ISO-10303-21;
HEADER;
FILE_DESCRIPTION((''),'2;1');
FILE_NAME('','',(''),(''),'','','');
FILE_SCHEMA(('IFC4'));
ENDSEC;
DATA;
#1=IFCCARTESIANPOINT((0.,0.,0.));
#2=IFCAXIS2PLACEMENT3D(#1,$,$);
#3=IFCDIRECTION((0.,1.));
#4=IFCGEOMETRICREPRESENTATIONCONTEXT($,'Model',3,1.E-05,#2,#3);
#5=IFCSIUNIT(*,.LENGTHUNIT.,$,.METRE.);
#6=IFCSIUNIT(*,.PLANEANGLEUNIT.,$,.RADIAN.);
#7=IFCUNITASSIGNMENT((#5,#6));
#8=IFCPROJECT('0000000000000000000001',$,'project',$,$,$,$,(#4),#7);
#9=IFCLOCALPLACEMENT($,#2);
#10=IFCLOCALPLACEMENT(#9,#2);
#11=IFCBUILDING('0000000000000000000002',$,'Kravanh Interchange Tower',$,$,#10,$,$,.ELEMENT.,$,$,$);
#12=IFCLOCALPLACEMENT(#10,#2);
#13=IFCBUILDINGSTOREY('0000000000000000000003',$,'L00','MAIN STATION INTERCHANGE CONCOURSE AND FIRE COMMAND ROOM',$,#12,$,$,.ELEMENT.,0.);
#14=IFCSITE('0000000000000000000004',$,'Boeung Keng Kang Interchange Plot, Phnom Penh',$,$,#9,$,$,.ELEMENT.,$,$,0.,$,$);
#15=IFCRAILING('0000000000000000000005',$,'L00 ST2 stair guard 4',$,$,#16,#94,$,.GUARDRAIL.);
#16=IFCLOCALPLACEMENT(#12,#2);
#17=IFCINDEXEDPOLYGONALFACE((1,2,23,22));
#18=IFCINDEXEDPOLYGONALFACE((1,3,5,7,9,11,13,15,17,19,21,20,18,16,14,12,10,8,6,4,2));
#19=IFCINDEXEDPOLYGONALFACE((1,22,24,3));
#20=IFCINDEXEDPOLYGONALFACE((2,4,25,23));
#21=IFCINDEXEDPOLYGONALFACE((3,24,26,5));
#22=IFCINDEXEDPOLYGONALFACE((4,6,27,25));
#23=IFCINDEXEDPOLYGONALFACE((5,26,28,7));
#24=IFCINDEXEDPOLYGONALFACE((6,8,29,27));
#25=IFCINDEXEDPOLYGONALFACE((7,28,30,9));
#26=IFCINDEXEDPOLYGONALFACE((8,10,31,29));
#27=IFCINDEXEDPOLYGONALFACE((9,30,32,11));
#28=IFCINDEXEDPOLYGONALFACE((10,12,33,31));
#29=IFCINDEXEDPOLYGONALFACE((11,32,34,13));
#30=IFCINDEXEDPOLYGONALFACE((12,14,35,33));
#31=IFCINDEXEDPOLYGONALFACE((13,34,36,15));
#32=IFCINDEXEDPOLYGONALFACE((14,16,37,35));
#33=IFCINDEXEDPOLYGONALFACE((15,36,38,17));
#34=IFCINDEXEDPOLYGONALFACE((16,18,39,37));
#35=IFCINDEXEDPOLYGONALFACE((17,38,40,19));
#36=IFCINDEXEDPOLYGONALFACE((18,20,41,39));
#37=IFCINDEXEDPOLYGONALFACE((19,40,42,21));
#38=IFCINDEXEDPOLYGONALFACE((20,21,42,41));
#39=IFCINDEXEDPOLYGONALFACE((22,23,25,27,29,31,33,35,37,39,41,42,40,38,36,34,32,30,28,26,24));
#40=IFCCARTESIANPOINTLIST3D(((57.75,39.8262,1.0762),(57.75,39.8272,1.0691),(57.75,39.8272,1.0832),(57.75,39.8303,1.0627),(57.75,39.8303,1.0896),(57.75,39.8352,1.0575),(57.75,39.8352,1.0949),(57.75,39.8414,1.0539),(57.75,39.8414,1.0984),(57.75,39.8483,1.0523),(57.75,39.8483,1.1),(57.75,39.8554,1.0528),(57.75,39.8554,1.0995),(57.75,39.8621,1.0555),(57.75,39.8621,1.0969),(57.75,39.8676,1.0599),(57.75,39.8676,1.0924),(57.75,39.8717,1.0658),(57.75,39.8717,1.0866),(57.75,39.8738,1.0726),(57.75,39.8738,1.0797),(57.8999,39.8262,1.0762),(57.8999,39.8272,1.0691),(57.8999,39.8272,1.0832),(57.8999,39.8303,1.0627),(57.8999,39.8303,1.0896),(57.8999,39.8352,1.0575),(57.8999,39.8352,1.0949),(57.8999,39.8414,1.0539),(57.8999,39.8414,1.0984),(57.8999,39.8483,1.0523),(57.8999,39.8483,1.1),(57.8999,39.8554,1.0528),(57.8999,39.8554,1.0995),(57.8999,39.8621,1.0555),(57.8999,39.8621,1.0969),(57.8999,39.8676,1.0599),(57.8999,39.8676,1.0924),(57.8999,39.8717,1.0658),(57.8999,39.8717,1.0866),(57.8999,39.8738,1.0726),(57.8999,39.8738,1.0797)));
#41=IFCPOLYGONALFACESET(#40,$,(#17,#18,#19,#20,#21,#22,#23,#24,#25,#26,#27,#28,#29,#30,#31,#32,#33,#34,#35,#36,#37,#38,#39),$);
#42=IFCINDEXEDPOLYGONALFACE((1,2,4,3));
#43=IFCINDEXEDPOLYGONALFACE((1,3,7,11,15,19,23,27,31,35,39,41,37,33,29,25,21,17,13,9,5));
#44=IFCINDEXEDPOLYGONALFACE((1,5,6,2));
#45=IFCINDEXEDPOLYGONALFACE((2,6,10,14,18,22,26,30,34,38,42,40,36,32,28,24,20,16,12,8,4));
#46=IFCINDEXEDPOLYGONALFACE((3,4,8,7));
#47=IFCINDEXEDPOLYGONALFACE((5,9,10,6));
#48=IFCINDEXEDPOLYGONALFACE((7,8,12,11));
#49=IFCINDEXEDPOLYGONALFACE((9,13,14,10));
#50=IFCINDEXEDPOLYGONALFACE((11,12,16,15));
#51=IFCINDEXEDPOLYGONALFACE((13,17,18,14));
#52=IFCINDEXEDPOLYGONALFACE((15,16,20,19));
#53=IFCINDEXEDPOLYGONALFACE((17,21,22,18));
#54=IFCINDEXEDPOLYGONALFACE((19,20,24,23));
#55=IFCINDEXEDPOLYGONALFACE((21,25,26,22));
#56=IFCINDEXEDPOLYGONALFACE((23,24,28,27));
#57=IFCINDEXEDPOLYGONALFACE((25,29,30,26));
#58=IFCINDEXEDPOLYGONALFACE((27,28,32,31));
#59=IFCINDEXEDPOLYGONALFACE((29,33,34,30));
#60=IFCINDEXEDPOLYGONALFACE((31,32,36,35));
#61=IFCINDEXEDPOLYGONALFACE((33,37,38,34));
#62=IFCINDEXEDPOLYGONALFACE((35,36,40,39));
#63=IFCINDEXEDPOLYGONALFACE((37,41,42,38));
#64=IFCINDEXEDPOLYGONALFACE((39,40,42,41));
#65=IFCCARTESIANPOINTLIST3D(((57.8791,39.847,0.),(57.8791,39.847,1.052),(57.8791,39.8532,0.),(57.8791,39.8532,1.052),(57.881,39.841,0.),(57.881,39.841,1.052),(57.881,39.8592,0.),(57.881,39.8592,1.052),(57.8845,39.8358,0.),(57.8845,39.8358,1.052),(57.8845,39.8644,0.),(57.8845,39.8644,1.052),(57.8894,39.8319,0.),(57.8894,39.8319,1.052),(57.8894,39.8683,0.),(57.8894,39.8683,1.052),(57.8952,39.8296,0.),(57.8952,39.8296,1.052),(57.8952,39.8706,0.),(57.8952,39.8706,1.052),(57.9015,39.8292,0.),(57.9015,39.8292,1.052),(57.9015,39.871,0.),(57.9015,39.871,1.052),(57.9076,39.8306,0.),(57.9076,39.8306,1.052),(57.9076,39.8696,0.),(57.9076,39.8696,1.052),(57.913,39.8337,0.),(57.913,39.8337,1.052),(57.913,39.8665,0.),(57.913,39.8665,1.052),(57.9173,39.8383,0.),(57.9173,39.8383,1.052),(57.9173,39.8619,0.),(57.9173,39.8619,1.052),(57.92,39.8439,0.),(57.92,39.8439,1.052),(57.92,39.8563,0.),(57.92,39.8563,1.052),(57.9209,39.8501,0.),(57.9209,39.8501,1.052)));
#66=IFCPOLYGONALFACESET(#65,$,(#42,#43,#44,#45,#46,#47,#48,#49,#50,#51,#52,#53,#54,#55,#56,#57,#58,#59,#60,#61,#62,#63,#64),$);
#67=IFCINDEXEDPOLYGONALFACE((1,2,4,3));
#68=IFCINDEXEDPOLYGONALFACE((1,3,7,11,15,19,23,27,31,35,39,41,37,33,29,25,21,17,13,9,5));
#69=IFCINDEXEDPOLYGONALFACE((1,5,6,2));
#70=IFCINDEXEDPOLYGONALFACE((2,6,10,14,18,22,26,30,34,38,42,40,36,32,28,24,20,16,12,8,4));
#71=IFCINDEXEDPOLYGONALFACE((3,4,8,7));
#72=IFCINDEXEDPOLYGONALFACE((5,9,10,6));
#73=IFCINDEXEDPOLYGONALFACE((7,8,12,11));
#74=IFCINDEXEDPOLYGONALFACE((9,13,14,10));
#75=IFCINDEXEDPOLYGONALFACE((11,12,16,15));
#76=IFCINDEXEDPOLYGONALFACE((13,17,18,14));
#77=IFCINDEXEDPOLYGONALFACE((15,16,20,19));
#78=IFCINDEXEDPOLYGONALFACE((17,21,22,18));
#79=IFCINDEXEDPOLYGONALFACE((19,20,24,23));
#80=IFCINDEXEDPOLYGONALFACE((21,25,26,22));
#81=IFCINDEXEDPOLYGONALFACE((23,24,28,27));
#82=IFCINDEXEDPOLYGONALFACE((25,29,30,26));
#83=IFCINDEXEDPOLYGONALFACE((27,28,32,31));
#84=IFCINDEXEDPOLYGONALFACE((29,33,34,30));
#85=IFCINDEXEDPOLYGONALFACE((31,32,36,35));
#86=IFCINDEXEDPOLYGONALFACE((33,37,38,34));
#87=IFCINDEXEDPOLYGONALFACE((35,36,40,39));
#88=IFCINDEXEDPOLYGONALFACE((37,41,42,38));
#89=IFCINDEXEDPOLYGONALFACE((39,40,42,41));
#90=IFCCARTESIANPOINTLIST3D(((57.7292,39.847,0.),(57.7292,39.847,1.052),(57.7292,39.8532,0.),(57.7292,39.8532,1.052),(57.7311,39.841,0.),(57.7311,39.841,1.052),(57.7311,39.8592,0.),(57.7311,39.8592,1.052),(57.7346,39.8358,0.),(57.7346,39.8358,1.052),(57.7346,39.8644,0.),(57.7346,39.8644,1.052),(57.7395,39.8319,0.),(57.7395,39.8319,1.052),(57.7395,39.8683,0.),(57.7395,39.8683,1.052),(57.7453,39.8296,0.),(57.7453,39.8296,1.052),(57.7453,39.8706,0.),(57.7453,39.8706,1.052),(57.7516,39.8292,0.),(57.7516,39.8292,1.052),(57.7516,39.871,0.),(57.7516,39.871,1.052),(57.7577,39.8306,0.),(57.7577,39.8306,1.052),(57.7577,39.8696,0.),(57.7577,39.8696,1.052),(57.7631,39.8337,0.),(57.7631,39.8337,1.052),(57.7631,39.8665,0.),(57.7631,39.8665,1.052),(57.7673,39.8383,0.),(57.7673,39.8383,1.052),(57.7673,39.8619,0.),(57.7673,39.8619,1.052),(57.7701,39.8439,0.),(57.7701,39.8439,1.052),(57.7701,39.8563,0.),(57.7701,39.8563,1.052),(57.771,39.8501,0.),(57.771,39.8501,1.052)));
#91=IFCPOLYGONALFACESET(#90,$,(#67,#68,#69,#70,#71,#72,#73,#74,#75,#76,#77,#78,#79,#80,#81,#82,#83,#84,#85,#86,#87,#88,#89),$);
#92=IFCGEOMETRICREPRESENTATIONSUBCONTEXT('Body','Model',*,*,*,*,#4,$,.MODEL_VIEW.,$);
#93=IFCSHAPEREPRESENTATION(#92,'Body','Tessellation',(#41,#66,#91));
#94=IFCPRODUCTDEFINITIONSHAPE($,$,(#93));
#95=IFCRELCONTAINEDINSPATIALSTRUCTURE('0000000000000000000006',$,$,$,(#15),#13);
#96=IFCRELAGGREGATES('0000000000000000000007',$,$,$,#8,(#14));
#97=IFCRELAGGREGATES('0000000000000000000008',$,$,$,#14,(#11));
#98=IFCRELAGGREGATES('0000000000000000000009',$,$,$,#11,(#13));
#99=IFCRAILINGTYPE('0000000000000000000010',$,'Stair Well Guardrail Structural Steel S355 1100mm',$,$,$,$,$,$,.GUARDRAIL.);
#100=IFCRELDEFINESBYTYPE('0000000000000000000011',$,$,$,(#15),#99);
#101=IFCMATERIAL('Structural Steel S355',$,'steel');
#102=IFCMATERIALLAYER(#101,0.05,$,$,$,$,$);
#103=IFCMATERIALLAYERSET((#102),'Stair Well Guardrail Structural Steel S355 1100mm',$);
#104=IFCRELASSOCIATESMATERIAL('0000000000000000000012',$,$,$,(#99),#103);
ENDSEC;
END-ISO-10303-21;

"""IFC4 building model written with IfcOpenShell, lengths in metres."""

from ifc_helpers import new_model, si_unit, direction, frame, origin, origin_2d, place, context, subcontext, project, spatial, circle, extrude, material, layer, layer_set, type_object, element, save


model = new_model("IFC4")

# Units and contexts
model_context = context("Model", 3, precision=1e-05, world=origin(), true_north=direction((0.0, 1.0)))
body_context = subcontext(model_context, "Body", "Model", "MODEL_VIEW")
ifc_project = project(units=[si_unit("LENGTHUNIT", "METRE"), si_unit("PLANEANGLEUNIT", "RADIAN")], contexts=[model_context])

# Site, building, storey
site_placement = place(None, origin())
site = spatial("IfcSite", under=ifc_project, at=site_placement, Name="Boeung Keng Kang Interchange Plot, Phnom Penh", CompositionType="ELEMENT", RefElevation=0.0)
building_placement = place(site_placement, origin())
building = spatial("IfcBuilding", under=site, at=building_placement, Name="Kravanh Interchange Tower", CompositionType="ELEMENT")
storey_placement = place(building_placement, origin())
storey = spatial("IfcBuildingStorey", under=building, at=storey_placement, Name="L00", Description="MAIN STATION INTERCHANGE CONCOURSE AND FIRE COMMAND ROOM", CompositionType="ELEMENT", Elevation=0.0)

# Railing
ifc_material_1 = material(Name="Structural Steel S355", Category="steel")
ifc_layer_1 = layer(ifc_material_1, 0.05)
ifc_layer_set_1 = layer_set([ifc_layer_1], Name="Stair Well Guardrail Structural Steel S355 1100mm")
railing_type_1 = type_object("IfcRailingType", Name="Stair Well Guardrail Structural Steel S355 1100mm", PredefinedType="GUARDRAIL", material=ifc_layer_set_1)
railing_1_placement = place(storey_placement, frame((57.8999, 39.8501, 0.0)))
element("IfcRailing", 1, at=railing_1_placement, inside=storey, type_object=railing_type_1, Name="L00 ST2 stair guard 4", PredefinedType="GUARDRAIL", context=body_context, shape_type="SweptSolid", body=[
    extrude(circle(Radius=0.0239, at=origin_2d()), frame((0.0, 0.0, 1.0762), z_axis=(-1.0, 0.0, 0.0), x_axis=(0.0, -1.0, 0.0)), (0.0, 0.0, 1.0), 0.1499),
    extrude(circle(Radius=0.021, at=origin_2d()), origin(), (0.0, 0.0, 1.0), 1.052),
    extrude(circle(Radius=0.021, at=origin_2d()), frame((-0.1499, 0.0, 0.0)), (0.0, 0.0, 1.0), 1.052),
])

save(model, "model.ifc")
